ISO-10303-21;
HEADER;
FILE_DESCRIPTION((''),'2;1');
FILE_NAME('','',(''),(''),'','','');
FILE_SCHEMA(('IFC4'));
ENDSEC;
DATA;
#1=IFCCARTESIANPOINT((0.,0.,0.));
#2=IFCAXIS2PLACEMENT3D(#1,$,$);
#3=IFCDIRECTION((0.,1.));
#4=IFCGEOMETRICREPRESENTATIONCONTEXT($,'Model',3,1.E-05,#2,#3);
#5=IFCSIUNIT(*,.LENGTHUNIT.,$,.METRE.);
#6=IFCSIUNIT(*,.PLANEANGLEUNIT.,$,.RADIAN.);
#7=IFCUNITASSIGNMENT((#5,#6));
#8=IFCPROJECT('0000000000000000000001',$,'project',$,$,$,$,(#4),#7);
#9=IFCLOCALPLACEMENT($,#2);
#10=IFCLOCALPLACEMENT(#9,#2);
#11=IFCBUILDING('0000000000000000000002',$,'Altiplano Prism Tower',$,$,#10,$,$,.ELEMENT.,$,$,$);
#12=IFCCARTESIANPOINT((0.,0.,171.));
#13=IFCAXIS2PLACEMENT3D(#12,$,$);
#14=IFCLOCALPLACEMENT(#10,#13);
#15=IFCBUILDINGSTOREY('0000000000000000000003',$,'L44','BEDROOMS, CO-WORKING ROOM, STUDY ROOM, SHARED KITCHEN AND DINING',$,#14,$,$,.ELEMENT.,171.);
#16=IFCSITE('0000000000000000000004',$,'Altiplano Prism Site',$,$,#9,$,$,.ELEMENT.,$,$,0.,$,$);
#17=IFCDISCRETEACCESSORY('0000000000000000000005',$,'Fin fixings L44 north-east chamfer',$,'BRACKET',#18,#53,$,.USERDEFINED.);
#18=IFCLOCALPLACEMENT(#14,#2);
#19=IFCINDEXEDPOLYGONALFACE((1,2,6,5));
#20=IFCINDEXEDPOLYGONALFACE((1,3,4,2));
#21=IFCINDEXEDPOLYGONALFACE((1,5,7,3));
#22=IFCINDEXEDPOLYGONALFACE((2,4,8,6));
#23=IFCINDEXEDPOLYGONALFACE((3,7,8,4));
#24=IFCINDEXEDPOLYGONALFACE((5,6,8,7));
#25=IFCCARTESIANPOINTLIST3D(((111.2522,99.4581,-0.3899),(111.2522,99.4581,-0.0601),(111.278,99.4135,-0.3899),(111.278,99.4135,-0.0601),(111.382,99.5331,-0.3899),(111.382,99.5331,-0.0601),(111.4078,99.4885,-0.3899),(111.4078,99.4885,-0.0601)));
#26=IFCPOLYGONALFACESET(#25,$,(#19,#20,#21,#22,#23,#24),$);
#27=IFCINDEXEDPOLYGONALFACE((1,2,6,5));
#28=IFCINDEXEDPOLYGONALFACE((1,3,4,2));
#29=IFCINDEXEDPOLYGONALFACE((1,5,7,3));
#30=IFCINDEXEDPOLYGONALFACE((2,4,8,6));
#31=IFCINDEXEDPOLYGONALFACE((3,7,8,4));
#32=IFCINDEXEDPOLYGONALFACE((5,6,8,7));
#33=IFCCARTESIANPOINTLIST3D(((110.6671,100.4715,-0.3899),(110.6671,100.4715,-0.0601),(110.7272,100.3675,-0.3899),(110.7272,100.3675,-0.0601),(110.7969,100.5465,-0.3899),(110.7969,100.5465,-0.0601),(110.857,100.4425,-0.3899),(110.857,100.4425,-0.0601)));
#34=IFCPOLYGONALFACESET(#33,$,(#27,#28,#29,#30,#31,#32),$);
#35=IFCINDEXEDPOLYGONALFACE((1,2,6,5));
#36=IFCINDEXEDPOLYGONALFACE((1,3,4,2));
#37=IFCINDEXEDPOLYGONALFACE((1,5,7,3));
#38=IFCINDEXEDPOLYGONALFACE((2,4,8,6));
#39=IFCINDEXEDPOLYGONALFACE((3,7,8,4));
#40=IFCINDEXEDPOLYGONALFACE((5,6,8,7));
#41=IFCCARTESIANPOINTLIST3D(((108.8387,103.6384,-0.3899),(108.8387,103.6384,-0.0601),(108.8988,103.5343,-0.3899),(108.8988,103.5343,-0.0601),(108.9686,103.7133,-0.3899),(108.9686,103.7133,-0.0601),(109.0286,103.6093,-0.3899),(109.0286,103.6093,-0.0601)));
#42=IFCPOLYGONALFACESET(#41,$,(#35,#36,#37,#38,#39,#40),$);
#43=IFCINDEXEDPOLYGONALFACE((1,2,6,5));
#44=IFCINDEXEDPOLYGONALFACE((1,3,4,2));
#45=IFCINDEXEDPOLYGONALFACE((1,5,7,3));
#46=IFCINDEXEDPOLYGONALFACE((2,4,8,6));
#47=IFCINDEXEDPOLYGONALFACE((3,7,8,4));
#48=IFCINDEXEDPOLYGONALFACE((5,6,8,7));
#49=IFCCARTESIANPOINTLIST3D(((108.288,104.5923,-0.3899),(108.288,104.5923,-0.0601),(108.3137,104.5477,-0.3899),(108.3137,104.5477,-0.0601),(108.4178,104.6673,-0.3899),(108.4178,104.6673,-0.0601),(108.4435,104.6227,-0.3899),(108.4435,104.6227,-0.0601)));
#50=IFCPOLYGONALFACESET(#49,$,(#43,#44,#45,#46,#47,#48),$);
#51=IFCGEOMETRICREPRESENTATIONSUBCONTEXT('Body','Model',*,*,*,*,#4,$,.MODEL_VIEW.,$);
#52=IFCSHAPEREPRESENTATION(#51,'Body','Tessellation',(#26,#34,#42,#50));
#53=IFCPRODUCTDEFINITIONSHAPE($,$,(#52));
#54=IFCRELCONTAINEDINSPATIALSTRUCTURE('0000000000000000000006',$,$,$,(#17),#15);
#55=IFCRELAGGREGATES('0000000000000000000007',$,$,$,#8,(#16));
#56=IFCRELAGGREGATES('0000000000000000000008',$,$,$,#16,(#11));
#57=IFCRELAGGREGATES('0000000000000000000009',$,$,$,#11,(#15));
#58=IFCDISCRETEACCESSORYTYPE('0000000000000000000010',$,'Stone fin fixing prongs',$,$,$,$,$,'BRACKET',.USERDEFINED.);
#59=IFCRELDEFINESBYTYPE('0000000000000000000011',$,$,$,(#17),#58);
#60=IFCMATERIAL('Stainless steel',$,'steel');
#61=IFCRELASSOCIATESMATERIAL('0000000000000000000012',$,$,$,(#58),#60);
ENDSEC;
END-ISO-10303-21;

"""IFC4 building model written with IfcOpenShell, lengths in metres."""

from ifc_helpers import new_model, si_unit, direction, frame, origin, place, context, subcontext, project, spatial, polyline, outline, extrude, source, transform, mapped, material, type_object, element, save


model = new_model("IFC4")

# Units and contexts
model_context = context("Model", 3, precision=1e-05, world=origin(), true_north=direction((0.0, 1.0)))
body_context = subcontext(model_context, "Body", "Model", "MODEL_VIEW")
ifc_project = project(units=[si_unit("LENGTHUNIT", "METRE"), si_unit("PLANEANGLEUNIT", "RADIAN")], contexts=[model_context])

# Site, building, storey
site_placement = place(None, origin())
site = spatial("IfcSite", under=ifc_project, at=site_placement, Name="Altiplano Prism Site", CompositionType="ELEMENT", RefElevation=0.0)
building_placement = place(site_placement, origin())
building = spatial("IfcBuilding", under=site, at=building_placement, Name="Altiplano Prism Tower", CompositionType="ELEMENT")
storey_placement = place(building_placement, frame((0.0, 0.0, 171.0)))
storey = spatial("IfcBuildingStorey", under=building, at=storey_placement, Name="L44", Description="BEDROOMS, CO-WORKING ROOM, STUDY ROOM, SHARED KITCHEN AND DINING", CompositionType="ELEMENT", Elevation=171.0)

# Discrete accessory
ifc_material_1 = material(Name="Stainless steel", Category="steel")
discrete_accessory_type = type_object("IfcDiscreteAccessoryType", Name="Stone fin fixing prongs", ElementType="BRACKET", PredefinedType="USERDEFINED", material=ifc_material_1)
shared_shape_1 = source(origin(), body_context, "Body", "SweptSolid", [
    extrude(outline(polyline([(-2.99, 0.0601), (-2.9385, 0.0601), (-2.9385, 0.3899), (-2.99, 0.3899), (-2.99, 0.0601)])), frame((0.0, 0.0, 0.0), z_axis=(0.0, -1.0, 0.0), x_axis=(1.0, 0.0, 0.0)), (0.0, 0.0, 1.0), 0.1499),
    extrude(outline(polyline([(-1.8884, 0.0601), (-1.7683, 0.0601), (-1.7683, 0.3899), (-1.8884, 0.3899), (-1.8884, 0.0601)])), frame((0.0, 0.0, 0.0), z_axis=(0.0, -1.0, 0.0), x_axis=(1.0, 0.0, 0.0)), (0.0, 0.0, 1.0), 0.1499),
    extrude(outline(polyline([(1.7683, 0.0601), (1.8884, 0.0601), (1.8884, 0.3899), (1.7683, 0.3899), (1.7683, 0.0601)])), frame((0.0, 0.0, 0.0), z_axis=(0.0, -1.0, 0.0), x_axis=(1.0, 0.0, 0.0)), (0.0, 0.0, 1.0), 0.1499),
    extrude(outline(polyline([(2.9385, 0.0601), (2.99, 0.0601), (2.99, 0.3899), (2.9385, 0.3899), (2.9385, 0.0601)])), frame((0.0, 0.0, 0.0), z_axis=(0.0, -1.0, 0.0), x_axis=(1.0, 0.0, 0.0)), (0.0, 0.0, 1.0), 0.1499),
])
discrete_accessory_1_placement = place(storey_placement, origin())
element("IfcDiscreteAccessory", 1, at=discrete_accessory_1_placement, inside=storey, type_object=discrete_accessory_type, Name="Fin fixings L44 north-east chamfer", ObjectType="BRACKET", PredefinedType="USERDEFINED", context=body_context, shape_type="MappedRepresentation", body=[
    mapped(shared_shape_1, transform((109.783, 102.0029, -0.45), x_axis=(-0.5, 0.866025, 0.0), y_axis=(-0.866025, -0.5, 0.0), z_axis=(0.0, 0.0, 1.0))),
])

save(model, "model.ifc")
